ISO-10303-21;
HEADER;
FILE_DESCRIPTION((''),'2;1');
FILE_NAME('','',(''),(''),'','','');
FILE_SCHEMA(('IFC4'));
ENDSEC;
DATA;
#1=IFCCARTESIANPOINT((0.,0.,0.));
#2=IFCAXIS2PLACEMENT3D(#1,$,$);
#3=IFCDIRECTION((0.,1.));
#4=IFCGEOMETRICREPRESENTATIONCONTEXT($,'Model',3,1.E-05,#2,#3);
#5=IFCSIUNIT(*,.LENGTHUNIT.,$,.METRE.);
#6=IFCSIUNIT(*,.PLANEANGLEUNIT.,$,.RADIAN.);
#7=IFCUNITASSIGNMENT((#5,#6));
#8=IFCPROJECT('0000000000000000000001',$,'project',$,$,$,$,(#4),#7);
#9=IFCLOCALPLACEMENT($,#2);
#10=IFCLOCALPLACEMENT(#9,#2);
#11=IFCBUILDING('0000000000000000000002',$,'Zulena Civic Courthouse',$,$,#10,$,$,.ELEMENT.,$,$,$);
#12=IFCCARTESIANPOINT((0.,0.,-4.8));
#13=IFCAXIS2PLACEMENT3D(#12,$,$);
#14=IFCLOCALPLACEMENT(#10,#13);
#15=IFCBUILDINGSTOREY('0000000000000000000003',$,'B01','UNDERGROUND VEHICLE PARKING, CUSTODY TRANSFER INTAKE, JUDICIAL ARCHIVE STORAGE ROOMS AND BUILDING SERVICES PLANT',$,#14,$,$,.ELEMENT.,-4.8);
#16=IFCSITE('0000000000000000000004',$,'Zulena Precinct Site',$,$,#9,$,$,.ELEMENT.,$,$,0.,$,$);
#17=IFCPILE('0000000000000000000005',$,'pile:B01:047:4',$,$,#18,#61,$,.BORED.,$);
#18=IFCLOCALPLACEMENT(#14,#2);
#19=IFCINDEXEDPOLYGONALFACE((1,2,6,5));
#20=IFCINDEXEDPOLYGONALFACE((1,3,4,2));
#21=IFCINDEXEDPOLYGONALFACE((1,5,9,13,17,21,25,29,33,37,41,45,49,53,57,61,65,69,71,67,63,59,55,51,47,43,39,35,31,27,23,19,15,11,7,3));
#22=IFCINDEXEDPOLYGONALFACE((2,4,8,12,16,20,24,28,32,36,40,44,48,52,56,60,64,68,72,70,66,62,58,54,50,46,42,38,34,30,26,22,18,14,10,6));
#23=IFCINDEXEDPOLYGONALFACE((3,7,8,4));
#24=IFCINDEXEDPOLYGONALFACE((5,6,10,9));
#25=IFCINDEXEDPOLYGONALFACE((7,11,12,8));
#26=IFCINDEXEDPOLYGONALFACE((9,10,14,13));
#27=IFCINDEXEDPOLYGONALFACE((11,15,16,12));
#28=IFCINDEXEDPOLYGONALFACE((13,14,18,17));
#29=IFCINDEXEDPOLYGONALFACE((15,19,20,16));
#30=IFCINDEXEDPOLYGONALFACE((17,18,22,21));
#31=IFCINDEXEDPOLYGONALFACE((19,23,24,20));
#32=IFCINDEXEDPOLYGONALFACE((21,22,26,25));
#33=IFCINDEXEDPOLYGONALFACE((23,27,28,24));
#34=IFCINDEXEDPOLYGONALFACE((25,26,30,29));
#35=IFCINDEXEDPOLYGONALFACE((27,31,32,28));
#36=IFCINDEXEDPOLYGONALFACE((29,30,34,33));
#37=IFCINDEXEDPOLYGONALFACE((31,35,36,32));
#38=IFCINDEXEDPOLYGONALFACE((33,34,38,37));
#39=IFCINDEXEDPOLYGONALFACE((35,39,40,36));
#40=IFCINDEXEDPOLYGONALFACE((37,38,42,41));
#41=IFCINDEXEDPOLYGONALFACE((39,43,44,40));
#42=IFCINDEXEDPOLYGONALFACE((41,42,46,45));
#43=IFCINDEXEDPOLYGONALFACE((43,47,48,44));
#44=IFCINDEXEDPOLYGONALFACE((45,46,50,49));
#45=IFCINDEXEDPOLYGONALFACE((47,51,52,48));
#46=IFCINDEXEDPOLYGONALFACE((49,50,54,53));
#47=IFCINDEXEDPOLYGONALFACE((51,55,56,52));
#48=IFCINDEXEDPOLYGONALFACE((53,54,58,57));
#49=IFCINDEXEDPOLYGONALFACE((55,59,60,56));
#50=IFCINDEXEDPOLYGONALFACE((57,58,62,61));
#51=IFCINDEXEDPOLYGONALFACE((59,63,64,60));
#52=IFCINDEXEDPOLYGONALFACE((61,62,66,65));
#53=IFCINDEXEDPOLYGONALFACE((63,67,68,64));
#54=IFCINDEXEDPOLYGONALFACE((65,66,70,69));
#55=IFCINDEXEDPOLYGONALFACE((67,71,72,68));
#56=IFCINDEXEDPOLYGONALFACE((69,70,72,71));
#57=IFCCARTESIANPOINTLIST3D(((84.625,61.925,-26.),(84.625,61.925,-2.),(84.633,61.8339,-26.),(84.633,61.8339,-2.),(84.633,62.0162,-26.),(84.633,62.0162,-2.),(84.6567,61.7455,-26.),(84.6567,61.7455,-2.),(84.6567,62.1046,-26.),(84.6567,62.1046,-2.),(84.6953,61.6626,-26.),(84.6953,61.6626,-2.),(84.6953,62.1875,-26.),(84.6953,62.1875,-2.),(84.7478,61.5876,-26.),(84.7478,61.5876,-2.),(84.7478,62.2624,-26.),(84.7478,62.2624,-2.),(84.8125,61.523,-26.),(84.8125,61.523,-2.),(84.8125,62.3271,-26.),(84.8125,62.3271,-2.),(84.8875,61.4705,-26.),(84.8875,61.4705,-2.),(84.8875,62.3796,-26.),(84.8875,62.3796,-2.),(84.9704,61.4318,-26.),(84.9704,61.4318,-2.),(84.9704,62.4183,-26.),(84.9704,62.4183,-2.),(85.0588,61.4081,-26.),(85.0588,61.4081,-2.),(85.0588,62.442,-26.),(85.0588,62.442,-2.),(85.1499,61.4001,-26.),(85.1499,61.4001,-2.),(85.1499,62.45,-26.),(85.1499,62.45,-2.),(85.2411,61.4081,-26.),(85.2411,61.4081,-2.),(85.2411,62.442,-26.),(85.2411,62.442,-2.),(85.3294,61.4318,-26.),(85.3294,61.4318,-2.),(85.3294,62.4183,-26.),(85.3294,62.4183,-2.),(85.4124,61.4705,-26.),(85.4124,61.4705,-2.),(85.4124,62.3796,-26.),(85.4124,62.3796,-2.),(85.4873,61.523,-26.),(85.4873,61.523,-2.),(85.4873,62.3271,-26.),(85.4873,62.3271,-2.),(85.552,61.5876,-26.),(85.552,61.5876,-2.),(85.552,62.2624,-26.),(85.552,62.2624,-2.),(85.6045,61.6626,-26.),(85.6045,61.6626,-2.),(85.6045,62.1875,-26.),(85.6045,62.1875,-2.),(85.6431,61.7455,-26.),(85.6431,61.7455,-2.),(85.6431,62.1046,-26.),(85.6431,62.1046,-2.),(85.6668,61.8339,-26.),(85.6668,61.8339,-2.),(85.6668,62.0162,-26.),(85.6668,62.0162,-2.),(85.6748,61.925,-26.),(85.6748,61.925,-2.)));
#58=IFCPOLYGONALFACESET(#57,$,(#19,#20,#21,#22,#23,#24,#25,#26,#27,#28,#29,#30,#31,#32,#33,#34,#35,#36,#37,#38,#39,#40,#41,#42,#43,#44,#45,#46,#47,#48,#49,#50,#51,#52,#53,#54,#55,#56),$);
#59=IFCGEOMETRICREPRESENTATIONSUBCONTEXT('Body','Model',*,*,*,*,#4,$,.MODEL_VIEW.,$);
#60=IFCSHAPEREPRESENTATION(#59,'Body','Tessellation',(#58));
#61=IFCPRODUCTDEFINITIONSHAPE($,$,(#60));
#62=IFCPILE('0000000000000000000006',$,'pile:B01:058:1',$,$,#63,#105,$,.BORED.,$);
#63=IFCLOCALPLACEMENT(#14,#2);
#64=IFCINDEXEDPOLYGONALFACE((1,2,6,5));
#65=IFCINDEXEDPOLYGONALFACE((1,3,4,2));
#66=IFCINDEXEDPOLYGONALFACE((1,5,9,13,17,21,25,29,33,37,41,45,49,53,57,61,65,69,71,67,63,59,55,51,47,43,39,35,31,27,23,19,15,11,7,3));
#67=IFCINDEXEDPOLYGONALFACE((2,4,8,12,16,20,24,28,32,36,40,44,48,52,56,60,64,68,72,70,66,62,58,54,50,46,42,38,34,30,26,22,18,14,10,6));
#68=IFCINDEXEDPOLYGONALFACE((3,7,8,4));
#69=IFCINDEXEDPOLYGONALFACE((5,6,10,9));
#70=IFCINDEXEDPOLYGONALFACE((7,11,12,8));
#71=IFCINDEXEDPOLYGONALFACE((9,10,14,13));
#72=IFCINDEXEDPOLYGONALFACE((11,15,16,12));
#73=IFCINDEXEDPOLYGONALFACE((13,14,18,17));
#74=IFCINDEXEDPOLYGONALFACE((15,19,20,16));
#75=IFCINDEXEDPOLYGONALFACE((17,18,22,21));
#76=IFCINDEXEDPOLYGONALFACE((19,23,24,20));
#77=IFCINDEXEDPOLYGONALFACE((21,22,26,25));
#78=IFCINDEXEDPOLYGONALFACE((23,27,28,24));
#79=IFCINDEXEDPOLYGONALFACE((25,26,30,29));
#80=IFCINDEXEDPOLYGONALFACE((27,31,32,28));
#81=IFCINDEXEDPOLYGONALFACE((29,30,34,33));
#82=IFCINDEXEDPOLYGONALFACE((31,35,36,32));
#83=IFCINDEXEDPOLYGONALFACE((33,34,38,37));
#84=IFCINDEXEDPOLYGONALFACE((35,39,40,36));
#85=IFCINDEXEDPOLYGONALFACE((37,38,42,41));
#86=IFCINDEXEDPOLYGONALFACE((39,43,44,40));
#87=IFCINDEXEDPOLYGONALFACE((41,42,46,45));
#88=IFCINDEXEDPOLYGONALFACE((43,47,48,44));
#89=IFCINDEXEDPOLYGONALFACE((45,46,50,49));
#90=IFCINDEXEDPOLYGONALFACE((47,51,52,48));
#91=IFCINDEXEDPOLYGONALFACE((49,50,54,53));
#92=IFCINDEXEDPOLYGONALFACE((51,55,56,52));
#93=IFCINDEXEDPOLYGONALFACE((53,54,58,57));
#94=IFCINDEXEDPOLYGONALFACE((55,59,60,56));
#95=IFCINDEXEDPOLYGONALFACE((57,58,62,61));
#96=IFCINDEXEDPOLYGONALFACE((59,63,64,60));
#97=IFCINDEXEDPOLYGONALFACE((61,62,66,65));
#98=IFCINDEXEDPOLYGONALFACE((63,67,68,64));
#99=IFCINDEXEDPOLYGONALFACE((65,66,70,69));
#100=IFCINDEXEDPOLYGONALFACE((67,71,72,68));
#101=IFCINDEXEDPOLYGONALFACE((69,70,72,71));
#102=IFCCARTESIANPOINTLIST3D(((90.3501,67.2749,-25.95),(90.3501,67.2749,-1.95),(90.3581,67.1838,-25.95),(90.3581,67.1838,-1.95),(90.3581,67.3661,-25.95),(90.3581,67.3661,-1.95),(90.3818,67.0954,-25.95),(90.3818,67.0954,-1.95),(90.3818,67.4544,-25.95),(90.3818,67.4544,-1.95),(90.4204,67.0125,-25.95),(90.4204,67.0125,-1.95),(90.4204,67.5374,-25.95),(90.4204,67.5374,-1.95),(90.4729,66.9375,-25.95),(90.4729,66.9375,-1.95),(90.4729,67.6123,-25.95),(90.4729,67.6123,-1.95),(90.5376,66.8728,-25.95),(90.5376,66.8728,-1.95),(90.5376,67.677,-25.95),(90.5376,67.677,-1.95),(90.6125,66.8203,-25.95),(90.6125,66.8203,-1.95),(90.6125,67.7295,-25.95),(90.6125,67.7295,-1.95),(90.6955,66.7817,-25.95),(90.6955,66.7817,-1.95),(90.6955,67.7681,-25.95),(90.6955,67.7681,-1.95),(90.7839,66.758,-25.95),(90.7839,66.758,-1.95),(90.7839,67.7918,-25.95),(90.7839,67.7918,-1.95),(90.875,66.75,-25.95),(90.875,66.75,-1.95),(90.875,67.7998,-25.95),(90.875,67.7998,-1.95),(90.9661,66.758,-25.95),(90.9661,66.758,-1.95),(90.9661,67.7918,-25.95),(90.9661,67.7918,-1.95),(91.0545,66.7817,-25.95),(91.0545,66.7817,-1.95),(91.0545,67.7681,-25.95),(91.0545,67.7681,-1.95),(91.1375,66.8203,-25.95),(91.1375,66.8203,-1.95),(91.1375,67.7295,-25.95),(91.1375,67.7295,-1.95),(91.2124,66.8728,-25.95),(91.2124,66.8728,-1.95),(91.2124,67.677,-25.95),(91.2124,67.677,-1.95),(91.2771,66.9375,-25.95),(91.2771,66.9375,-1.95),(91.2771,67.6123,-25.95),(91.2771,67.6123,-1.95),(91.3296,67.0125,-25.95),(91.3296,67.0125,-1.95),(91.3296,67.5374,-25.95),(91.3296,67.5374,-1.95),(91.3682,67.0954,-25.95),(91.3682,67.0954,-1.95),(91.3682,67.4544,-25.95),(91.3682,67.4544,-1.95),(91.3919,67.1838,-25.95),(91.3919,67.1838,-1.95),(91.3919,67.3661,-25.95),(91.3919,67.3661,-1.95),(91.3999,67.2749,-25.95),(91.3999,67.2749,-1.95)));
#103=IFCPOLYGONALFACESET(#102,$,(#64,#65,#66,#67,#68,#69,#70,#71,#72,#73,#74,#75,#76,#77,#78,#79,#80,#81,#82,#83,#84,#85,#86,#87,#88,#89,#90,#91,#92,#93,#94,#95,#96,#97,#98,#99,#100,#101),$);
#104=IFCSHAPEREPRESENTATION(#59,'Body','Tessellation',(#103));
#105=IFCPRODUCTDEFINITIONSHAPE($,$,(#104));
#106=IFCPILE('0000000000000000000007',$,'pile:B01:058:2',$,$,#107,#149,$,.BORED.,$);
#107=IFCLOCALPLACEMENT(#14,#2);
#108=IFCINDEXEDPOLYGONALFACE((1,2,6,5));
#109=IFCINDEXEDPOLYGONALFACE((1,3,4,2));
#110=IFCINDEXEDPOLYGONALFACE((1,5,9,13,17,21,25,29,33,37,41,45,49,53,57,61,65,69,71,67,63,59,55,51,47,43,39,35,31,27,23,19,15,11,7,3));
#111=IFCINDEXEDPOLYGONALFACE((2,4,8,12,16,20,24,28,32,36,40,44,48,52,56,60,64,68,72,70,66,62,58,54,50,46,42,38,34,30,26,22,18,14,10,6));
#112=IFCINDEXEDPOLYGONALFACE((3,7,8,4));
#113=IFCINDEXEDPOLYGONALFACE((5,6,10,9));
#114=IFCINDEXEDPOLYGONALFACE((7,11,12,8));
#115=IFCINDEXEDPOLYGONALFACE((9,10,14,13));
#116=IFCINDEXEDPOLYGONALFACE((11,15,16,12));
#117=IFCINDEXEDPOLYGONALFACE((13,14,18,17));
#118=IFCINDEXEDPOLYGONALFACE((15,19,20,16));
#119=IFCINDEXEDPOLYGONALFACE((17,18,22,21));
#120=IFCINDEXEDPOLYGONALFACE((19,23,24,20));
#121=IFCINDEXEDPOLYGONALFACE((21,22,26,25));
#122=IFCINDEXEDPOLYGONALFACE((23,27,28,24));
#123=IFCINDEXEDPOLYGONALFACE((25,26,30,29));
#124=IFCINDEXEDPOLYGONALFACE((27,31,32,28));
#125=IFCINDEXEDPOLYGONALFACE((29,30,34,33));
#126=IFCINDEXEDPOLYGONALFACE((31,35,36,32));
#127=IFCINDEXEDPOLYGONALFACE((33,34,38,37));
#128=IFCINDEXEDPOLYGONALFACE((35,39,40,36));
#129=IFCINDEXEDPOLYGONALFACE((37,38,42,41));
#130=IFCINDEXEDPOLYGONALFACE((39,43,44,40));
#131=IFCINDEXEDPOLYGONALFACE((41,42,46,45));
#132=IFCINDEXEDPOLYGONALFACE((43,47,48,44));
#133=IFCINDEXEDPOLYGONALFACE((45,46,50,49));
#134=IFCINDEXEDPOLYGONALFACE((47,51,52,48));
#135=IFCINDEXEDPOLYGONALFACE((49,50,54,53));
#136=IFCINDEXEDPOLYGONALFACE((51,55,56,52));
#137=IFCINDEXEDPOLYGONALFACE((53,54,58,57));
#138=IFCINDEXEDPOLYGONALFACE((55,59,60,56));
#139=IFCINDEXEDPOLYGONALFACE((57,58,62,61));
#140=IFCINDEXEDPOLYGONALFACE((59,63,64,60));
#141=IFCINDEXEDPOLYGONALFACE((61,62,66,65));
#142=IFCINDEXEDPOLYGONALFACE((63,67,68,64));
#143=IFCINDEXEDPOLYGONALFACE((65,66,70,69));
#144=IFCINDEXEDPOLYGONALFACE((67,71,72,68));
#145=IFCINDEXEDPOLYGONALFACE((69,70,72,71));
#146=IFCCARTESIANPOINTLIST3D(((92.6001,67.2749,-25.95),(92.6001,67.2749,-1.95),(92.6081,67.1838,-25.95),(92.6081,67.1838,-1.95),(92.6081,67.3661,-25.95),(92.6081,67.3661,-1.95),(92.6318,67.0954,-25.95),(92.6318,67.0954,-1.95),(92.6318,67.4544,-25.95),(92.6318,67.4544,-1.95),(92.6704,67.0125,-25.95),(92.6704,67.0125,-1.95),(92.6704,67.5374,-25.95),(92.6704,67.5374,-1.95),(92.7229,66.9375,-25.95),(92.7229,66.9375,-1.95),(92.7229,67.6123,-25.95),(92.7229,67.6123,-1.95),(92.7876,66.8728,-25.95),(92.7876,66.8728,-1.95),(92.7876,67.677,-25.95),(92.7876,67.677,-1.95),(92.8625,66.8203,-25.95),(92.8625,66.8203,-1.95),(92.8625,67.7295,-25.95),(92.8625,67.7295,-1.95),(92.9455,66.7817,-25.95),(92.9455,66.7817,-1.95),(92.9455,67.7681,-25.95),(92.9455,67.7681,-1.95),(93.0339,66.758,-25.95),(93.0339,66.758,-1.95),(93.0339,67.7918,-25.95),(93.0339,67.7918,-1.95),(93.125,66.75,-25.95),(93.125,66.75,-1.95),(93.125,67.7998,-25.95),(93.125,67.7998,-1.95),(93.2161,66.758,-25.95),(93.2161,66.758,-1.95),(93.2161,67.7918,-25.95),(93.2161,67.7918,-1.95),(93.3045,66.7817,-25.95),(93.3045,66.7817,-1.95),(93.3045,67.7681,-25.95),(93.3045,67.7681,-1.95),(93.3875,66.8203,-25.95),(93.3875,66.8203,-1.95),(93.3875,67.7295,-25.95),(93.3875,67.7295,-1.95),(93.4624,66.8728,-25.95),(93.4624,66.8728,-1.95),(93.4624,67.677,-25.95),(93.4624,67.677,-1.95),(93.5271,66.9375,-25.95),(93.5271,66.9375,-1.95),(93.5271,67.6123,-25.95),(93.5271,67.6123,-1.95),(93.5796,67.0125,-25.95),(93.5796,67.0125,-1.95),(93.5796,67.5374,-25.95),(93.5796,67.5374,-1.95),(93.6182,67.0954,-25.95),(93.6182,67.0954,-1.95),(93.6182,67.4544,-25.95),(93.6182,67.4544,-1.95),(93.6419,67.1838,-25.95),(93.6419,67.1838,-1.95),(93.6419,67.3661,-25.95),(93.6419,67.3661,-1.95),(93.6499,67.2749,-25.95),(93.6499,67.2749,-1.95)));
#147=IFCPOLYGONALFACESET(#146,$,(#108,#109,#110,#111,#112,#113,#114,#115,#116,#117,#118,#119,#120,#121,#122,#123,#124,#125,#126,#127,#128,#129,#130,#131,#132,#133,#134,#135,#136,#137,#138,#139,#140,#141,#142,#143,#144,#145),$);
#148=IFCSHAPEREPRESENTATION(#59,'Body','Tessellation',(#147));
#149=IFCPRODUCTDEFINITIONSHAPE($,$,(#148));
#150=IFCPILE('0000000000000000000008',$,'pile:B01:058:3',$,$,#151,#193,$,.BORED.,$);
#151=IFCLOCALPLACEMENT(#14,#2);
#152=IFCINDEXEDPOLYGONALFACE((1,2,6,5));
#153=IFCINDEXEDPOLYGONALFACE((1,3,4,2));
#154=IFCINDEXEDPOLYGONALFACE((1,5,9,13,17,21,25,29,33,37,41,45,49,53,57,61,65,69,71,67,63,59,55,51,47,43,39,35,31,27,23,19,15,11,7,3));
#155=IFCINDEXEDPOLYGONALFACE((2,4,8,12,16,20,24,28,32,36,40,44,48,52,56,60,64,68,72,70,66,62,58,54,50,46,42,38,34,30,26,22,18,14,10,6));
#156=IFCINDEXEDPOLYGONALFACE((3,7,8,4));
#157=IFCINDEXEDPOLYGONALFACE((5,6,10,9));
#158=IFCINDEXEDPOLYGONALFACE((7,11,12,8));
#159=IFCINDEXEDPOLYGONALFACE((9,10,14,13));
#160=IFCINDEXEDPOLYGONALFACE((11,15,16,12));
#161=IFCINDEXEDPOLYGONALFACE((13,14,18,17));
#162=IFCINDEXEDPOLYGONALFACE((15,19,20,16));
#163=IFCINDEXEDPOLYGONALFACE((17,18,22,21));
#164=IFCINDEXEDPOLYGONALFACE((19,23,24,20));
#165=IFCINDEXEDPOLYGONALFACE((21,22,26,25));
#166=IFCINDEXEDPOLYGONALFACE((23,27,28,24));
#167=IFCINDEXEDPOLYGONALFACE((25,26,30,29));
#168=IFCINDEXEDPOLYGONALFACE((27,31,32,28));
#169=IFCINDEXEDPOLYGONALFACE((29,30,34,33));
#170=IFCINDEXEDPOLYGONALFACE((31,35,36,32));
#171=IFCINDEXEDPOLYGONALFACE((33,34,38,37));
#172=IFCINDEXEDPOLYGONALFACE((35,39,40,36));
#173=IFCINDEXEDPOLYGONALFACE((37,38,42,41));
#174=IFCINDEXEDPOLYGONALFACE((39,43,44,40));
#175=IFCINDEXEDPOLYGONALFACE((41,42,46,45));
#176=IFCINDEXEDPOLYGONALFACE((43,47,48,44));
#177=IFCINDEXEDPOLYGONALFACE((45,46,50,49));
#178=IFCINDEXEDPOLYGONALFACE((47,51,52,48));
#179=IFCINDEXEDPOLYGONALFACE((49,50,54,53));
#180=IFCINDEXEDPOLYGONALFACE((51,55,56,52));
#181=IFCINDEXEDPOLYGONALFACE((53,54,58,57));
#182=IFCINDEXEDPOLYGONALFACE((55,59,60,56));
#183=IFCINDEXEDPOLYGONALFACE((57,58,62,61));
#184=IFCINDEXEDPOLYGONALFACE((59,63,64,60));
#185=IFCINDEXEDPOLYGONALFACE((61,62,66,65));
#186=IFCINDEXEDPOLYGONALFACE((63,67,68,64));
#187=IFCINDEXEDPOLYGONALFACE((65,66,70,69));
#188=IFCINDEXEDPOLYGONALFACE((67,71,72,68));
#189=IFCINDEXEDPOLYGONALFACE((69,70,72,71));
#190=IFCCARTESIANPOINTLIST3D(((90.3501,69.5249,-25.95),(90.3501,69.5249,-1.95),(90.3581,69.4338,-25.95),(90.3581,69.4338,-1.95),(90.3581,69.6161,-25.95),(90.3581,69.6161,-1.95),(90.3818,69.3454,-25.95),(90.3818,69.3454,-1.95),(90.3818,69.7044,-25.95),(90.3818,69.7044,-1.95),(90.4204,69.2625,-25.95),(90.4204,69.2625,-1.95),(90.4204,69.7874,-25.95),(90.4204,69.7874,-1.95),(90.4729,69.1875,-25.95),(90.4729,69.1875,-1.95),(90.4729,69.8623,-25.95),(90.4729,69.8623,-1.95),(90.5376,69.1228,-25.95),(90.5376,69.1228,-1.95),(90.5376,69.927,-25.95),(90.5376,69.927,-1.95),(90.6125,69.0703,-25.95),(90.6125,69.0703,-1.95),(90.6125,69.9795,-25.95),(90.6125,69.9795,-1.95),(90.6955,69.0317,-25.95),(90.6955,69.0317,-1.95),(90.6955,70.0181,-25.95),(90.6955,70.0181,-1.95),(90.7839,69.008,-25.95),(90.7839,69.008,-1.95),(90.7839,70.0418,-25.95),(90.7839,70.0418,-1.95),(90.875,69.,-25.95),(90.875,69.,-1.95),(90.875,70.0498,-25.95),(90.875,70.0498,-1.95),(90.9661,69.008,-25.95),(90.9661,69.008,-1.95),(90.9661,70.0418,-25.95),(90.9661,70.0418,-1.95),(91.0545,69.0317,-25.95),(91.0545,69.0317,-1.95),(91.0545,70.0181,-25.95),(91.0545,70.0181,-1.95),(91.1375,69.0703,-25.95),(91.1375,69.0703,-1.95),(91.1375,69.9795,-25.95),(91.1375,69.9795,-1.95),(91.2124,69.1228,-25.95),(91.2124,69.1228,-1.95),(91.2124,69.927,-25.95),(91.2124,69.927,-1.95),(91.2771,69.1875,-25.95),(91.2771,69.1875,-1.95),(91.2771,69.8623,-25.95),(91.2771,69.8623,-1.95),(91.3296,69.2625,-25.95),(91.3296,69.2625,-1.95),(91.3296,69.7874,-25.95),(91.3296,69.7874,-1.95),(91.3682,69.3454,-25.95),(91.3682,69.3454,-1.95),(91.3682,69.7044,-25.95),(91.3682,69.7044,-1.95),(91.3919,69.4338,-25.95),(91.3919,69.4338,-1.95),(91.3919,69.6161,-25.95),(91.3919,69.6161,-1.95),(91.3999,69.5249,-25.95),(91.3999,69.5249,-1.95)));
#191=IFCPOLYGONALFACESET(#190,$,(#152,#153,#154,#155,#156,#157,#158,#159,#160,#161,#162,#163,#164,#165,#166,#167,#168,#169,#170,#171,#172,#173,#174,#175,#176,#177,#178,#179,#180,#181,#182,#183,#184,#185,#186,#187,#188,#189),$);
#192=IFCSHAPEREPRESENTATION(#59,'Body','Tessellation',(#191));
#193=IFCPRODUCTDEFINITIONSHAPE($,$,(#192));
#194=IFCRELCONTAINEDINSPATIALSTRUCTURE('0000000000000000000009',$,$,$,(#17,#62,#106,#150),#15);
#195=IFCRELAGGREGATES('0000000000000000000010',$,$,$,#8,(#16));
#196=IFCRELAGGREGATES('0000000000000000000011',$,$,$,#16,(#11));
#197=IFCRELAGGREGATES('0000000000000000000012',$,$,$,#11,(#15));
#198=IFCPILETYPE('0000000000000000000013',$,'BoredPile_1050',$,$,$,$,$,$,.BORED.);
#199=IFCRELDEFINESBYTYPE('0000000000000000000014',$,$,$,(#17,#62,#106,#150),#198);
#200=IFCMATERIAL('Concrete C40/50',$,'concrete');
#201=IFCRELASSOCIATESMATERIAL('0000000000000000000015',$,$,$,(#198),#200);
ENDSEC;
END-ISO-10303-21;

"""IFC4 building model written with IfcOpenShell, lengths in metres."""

from ifc_helpers import new_model, si_unit, direction, frame, origin, origin_2d, place, context, subcontext, project, spatial, circle, extrude, material, material_profile, profile_set, type_object, element, save


model = new_model("IFC4")

# Units and contexts
model_context = context("Model", 3, precision=1e-05, world=origin(), true_north=direction((0.0, 1.0)))
body_context = subcontext(model_context, "Body", "Model", "MODEL_VIEW")
ifc_project = project(units=[si_unit("LENGTHUNIT", "METRE"), si_unit("PLANEANGLEUNIT", "RADIAN")], contexts=[model_context])

# Site, building, storey
site_placement = place(None, origin())
site = spatial("IfcSite", under=ifc_project, at=site_placement, Name="Zulena Precinct Site", CompositionType="ELEMENT", RefElevation=0.0)
building_placement = place(site_placement, origin())
building = spatial("IfcBuilding", under=site, at=building_placement, Name="Zulena Civic Courthouse", CompositionType="ELEMENT")
storey_placement = place(building_placement, frame((0.0, 0.0, -4.8)))
storey = spatial("IfcBuildingStorey", under=building, at=storey_placement, Name="B01", Description="UNDERGROUND VEHICLE PARKING, CUSTODY TRANSFER INTAKE, JUDICIAL ARCHIVE STORAGE ROOMS AND BUILDING SERVICES PLANT", CompositionType="ELEMENT", Elevation=-4.8)

# Piles
ifc_material_1 = material(Name="Concrete C40/50", Category="concrete")
ifc_material_profile_1 = material_profile(ifc_material_1, circle(Radius=0.5249, at=origin_2d()), Name="PILE1050")
ifc_profile_set_1 = profile_set([ifc_material_profile_1], Name="Concrete C40/50")
pile_type_1 = type_object("IfcPileType", Name="BoredPile_1050", PredefinedType="BORED", material=ifc_profile_set_1)
for number, where, z_axis, x_axis, name in (
    (1, (85.1499, 61.925, -2.0), (0.0, 0.0, -1.0), (1.0, 0.0, 0.0), "pile:B01:047:4"),
    (2, (90.875, 67.2749, -1.95), (0.0, 0.0, -1.0), (1.0, 0.0, 0.0), "pile:B01:058:1"),
    (3, (93.125, 67.2749, -1.95), (0.0, 0.0, -1.0), (1.0, 0.0, 0.0), "pile:B01:058:2"),
    (4, (90.875, 69.5249, -1.95), (0.0, 0.0, -1.0), (1.0, 0.0, 0.0), "pile:B01:058:3"),
):
    element("IfcPile", number, at=place(storey_placement, frame(where, z_axis=z_axis, x_axis=x_axis)), inside=storey, type_object=pile_type_1, Name=name, PredefinedType="BORED", context=body_context, shape_type="SweptSolid", body=[
        extrude(circle(Radius=0.5249, at=origin_2d()), origin(), (0.0, 0.0, 1.0), 24.0),
    ])

save(model, "model.ifc")
